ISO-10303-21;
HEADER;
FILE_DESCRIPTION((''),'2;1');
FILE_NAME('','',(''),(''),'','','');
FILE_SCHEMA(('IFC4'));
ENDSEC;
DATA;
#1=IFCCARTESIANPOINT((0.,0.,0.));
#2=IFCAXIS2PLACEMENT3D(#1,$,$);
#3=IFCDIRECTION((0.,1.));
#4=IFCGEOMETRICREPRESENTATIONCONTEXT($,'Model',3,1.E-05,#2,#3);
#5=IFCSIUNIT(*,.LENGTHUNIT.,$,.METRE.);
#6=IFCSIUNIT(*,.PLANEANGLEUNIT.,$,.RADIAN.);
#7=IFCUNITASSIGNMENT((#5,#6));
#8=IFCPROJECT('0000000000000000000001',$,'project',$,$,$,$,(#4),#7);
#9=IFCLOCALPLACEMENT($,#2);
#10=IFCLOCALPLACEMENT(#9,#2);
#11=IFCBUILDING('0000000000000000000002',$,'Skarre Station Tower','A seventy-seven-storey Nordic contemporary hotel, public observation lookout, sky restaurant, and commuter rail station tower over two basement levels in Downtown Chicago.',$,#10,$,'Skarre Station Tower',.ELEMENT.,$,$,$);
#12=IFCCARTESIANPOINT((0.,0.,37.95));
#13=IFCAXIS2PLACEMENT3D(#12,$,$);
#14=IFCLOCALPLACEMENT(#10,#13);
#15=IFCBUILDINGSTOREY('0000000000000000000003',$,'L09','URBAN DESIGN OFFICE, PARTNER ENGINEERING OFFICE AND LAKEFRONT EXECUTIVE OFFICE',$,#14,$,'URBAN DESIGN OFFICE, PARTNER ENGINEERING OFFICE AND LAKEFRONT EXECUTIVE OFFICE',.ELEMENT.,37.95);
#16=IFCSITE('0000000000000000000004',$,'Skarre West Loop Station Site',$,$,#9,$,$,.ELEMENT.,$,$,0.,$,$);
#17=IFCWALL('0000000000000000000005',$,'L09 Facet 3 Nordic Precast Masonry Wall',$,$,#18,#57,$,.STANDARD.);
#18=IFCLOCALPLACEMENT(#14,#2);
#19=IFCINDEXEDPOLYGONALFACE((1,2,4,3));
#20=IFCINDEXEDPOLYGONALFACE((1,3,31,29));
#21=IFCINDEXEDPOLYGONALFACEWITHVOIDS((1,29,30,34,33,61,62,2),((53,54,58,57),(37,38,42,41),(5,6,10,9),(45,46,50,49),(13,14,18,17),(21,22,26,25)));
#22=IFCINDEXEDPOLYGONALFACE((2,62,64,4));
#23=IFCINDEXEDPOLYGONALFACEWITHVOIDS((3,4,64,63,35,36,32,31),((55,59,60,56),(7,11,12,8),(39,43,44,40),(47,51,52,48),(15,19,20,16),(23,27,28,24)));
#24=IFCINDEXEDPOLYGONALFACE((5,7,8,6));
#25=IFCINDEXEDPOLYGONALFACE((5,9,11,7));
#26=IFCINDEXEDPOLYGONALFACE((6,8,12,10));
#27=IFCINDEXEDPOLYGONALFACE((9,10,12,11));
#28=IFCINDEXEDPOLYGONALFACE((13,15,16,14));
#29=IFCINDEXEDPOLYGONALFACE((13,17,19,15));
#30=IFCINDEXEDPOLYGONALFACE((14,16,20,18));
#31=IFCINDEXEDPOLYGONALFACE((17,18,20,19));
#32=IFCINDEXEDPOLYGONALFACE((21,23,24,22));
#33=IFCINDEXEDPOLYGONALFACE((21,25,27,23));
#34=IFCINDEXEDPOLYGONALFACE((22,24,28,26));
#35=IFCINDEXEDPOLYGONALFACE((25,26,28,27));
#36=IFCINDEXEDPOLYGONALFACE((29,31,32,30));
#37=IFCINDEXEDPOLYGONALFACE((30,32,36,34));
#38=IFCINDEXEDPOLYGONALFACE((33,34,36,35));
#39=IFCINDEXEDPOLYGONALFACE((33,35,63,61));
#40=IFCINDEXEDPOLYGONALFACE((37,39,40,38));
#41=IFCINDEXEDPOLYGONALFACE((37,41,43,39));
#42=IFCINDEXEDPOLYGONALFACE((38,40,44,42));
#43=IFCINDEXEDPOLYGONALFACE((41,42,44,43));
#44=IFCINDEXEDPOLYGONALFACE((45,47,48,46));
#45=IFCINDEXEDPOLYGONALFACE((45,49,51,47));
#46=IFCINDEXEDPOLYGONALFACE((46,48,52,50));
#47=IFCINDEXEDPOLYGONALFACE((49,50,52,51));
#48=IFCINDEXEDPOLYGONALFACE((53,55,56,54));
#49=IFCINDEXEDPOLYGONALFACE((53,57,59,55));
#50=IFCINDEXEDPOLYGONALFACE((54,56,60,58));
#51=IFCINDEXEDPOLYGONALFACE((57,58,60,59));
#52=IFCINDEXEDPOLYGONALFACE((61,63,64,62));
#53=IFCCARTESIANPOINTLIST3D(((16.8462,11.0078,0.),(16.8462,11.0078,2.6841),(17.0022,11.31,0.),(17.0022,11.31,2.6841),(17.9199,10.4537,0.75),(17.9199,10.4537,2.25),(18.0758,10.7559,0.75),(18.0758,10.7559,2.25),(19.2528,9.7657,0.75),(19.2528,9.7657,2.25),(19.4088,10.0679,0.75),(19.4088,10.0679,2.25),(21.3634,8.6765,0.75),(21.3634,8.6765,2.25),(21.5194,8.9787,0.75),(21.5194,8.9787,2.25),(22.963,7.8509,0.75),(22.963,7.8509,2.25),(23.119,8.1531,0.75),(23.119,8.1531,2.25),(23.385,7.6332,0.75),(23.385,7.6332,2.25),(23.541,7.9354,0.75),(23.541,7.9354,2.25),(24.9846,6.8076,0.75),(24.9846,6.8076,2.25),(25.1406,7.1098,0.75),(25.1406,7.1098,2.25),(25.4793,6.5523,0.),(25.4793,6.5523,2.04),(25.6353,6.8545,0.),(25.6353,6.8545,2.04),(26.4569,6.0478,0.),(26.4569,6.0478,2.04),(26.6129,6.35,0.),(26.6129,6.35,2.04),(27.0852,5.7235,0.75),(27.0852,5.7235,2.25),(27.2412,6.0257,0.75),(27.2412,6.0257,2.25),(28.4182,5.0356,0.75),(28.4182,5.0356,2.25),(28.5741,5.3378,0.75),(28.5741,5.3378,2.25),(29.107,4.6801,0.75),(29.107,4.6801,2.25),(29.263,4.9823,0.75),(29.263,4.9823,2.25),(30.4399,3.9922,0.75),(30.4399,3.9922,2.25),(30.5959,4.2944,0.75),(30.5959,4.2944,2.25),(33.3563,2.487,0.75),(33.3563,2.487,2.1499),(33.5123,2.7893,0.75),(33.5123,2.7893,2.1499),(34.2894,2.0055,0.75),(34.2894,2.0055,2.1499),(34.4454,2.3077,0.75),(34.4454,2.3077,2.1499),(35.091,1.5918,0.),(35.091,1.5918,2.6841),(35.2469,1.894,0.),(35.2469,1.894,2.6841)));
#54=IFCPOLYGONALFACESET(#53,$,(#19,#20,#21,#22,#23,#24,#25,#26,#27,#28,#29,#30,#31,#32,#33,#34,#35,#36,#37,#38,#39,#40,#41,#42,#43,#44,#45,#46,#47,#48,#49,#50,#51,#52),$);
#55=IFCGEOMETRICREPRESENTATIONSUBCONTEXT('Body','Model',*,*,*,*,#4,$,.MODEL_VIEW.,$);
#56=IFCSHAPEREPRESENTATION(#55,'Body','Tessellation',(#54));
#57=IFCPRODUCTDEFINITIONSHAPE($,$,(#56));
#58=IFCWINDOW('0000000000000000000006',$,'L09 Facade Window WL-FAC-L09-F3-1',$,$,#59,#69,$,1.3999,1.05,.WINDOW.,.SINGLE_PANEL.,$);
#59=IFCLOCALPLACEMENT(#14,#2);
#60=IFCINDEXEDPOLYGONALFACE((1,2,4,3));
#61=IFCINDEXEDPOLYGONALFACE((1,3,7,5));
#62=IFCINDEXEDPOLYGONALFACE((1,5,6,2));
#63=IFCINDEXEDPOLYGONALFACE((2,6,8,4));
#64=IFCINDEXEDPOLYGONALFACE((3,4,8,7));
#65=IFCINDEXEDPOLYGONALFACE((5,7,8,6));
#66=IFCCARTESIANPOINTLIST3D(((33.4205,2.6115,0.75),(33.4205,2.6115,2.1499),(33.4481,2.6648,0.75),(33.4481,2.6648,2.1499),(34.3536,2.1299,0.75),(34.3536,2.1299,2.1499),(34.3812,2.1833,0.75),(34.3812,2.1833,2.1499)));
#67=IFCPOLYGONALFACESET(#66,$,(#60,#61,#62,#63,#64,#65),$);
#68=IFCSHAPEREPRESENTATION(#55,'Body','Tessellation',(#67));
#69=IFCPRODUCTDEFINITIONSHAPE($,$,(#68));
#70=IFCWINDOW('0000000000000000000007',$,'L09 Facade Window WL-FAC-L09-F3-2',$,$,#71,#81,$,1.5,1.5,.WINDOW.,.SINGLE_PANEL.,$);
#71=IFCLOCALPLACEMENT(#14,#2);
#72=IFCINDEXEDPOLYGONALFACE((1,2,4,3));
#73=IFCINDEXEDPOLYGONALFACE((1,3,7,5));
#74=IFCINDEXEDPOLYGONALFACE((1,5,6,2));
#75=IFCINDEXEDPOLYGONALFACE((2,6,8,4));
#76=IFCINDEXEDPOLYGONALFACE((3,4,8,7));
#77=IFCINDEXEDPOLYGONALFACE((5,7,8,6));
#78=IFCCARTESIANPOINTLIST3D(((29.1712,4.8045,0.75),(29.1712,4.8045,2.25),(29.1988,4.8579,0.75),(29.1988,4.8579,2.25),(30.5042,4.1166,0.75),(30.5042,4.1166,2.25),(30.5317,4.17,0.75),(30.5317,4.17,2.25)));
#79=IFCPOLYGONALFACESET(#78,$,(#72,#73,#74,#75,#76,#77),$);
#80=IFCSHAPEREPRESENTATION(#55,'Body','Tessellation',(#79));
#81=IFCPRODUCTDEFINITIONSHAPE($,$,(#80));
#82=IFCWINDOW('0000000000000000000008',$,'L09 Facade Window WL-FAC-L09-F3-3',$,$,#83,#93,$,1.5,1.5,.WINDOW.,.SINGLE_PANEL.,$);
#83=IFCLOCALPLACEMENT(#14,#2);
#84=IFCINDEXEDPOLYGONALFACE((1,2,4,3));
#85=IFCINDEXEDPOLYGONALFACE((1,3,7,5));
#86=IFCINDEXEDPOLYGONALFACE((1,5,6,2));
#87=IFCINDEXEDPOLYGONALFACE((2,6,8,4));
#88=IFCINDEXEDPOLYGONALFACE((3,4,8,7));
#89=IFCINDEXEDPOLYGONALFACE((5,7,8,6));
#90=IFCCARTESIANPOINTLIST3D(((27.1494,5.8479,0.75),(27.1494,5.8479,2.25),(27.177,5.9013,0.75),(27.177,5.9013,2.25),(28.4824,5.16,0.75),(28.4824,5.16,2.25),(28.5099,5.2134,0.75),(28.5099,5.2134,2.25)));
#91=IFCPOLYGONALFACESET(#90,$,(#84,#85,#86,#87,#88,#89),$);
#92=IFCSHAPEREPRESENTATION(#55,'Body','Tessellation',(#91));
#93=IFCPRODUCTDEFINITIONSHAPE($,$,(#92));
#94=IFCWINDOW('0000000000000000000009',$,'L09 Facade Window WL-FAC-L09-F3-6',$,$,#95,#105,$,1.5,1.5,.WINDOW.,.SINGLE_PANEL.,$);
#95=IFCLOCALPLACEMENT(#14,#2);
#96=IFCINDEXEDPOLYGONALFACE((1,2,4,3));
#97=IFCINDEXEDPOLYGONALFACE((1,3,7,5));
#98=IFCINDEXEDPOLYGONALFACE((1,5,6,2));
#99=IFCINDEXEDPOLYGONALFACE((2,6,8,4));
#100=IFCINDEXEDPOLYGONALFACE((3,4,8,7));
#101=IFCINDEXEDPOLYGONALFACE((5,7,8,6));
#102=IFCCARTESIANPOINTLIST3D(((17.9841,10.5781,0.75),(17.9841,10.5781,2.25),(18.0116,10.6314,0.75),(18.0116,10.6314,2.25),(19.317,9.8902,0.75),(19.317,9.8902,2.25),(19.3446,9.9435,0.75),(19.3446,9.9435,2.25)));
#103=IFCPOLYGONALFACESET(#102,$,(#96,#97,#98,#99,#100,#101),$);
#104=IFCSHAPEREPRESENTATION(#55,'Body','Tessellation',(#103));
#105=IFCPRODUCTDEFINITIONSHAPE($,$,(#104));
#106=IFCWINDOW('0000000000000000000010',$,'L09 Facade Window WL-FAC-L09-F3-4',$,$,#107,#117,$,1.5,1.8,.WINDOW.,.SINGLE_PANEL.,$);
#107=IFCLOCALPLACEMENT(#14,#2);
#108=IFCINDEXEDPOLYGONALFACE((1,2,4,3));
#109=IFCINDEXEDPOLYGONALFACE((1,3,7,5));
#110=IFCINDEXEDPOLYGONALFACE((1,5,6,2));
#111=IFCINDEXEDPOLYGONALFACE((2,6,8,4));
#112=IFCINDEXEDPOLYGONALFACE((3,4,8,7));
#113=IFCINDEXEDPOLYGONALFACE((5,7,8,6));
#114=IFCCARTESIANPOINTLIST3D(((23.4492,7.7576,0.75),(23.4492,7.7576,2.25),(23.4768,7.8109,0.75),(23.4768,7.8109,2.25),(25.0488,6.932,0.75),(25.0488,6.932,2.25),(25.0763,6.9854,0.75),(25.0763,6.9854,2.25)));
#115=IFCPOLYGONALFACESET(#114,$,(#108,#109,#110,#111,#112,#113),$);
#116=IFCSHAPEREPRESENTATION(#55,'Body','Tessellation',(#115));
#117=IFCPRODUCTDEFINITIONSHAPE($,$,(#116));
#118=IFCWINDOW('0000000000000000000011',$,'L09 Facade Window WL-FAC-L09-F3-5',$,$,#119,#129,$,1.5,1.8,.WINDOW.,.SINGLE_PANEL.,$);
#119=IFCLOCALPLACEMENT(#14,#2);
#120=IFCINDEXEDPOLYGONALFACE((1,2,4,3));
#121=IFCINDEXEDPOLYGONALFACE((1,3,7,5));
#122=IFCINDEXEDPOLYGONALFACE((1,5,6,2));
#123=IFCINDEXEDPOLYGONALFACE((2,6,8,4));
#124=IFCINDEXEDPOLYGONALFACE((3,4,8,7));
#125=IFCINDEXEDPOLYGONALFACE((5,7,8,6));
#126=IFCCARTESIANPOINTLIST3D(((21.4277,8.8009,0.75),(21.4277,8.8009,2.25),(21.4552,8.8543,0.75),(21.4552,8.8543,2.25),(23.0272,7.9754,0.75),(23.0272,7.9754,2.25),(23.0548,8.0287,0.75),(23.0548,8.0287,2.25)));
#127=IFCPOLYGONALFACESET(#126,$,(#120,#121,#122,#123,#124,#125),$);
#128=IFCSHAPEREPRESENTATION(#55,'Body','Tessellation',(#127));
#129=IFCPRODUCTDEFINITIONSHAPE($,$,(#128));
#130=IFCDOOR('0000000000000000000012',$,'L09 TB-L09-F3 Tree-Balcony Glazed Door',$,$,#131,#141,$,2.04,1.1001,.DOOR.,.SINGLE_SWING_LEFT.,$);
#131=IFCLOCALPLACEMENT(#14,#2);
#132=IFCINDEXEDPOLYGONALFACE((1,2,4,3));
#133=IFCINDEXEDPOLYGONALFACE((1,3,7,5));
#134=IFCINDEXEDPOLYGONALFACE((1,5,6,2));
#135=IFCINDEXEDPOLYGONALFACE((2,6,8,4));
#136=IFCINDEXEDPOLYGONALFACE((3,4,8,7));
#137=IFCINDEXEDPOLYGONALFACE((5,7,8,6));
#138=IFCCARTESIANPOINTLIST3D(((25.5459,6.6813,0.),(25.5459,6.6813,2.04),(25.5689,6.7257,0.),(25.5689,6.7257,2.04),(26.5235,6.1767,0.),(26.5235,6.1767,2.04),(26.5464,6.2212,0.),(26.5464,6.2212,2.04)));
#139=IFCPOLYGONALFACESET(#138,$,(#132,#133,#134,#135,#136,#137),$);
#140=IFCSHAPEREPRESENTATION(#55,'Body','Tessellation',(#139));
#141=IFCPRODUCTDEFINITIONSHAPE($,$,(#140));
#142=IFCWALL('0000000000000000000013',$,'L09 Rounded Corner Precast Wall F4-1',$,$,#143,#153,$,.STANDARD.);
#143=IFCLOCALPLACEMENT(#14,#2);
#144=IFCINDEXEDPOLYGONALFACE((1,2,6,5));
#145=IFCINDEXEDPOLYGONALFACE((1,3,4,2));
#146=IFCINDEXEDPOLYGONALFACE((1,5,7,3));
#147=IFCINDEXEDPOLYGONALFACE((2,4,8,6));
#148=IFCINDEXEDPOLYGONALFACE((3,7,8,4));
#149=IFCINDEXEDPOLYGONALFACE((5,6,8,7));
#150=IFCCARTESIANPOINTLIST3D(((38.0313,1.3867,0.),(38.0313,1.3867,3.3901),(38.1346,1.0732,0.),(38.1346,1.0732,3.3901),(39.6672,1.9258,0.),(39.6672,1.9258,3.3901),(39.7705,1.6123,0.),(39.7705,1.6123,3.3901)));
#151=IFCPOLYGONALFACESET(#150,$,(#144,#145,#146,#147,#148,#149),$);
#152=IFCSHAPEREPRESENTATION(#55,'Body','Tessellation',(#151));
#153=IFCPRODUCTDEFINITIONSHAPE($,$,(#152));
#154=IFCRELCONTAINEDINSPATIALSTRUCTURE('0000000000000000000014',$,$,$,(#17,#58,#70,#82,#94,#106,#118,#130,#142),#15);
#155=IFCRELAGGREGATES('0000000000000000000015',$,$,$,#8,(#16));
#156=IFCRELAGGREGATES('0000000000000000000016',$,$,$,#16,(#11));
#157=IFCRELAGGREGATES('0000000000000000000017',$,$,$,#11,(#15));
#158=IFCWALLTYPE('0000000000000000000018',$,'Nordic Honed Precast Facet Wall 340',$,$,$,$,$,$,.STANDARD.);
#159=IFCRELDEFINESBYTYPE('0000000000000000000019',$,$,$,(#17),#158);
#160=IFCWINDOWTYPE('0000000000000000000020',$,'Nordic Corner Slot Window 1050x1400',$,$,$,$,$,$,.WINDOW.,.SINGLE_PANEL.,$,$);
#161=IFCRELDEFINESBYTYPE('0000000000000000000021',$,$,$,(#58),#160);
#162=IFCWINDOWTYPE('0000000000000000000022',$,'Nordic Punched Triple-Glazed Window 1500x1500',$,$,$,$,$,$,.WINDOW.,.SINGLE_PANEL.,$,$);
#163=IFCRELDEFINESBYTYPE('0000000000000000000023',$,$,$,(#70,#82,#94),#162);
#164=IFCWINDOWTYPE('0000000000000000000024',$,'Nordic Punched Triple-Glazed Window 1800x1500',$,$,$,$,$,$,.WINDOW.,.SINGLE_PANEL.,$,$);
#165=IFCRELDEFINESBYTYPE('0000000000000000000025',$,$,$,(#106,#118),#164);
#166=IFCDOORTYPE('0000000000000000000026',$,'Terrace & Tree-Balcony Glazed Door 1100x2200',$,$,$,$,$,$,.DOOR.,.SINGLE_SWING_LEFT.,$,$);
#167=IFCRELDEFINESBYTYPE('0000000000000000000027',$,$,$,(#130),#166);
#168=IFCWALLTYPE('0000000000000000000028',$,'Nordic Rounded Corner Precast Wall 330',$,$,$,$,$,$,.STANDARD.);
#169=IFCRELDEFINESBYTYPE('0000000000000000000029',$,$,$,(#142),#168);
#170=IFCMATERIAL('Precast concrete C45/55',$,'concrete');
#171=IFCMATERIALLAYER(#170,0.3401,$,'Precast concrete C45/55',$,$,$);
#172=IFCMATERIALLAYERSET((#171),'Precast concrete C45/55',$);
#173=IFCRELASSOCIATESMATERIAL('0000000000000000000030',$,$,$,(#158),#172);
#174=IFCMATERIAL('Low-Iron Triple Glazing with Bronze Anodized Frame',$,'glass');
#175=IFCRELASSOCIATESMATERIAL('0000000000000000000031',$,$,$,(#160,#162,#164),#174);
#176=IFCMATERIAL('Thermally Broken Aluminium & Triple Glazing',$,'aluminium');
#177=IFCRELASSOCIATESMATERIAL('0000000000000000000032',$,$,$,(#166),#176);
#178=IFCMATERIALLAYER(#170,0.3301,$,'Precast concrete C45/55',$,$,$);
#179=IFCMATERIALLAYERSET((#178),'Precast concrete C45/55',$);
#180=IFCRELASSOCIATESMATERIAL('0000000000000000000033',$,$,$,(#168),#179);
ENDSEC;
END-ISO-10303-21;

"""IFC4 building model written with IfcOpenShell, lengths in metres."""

from ifc_helpers import new_model, si_unit, direction, frame, frame_2d, origin, place, context, subcontext, project, spatial, rectangle, extrude, material, layer, layer_set, type_object, element, fill, save


model = new_model("IFC4")

# Units and contexts
model_context = context("Model", 3, precision=1e-05, world=origin(), true_north=direction((0.0, 1.0)))
body_context = subcontext(model_context, "Body", "Model", "MODEL_VIEW")
ifc_project = project(units=[si_unit("LENGTHUNIT", "METRE"), si_unit("PLANEANGLEUNIT", "RADIAN")], contexts=[model_context])

# Site, building, storey
site_placement = place(None, origin())
site = spatial("IfcSite", under=ifc_project, at=site_placement, Name="Skarre West Loop Station Site", CompositionType="ELEMENT", RefElevation=0.0)
building_placement = place(site_placement, origin())
building = spatial("IfcBuilding", under=site, at=building_placement, Name="Skarre Station Tower", Description="A seventy-seven-storey Nordic contemporary hotel, public observation lookout, sky restaurant, and commuter rail station tower over two basement levels in Downtown Chicago.", LongName="Skarre Station Tower", CompositionType="ELEMENT")
storey_placement = place(building_placement, frame((0.0, 0.0, 37.95)))
storey = spatial("IfcBuildingStorey", under=building, at=storey_placement, Name="L09", Description="URBAN DESIGN OFFICE, PARTNER ENGINEERING OFFICE AND LAKEFRONT EXECUTIVE OFFICE", LongName="URBAN DESIGN OFFICE, PARTNER ENGINEERING OFFICE AND LAKEFRONT EXECUTIVE OFFICE", CompositionType="ELEMENT", Elevation=37.95)

# Wall, openings, windows, door
ifc_material_1 = material(Name="Precast concrete C45/55", Category="concrete")
ifc_layer_1 = layer(ifc_material_1, 0.3401, Name="Precast concrete C45/55")
ifc_layer_set_1 = layer_set([ifc_layer_1], Name="Precast concrete C45/55")
wall_type_1 = type_object("IfcWallType", Name="Nordic Honed Precast Facet Wall 340", PredefinedType="STANDARD", material=ifc_layer_set_1)
wall_1_placement = place(storey_placement, frame((35.1689, 1.7429, 0.0), z_axis=(0.0, 0.0, 1.0), x_axis=(-0.888634, 0.458616, 0.0)))
wall_1 = element("IfcWall", 1, at=wall_1_placement, inside=storey, type_object=wall_type_1, Name="L09 Facet 3 Nordic Precast Masonry Wall", PredefinedType="STANDARD", context=body_context, shape_type="SweptSolid", body=[
    extrude(rectangle(XDim=20.5312, YDim=0.3401, at=frame_2d((10.2656, 0.0))), origin(), (0.0, 0.0, 1.0), 2.6841),
])
opening_1_placement = place(wall_1_placement, frame((9.7161, 0.0, 0.0)))
opening_1 = element("IfcOpeningElement", 2, at=opening_1_placement, cuts=wall_1, PredefinedType="OPENING", context=body_context, shape_type="SweptSolid", body=[
    extrude(rectangle(XDim=1.1001, YDim=2.04, at=frame_2d((0.55, 1.02))), frame((0.0, 0.1799, 0.0), z_axis=(0.0, -1.0, 0.0), x_axis=(1.0, 0.0, 0.0)), (0.0, 0.0, 1.0), 0.3601),
])
opening_2_placement = place(wall_1_placement, frame((0.9021, 0.0, 0.75)))
opening_2 = element("IfcOpeningElement", 3, at=opening_2_placement, cuts=wall_1, PredefinedType="OPENING", context=body_context, shape_type="SweptSolid", body=[
    extrude(rectangle(XDim=1.05, YDim=1.3999, at=frame_2d((0.5249, 0.7))), frame((0.0, 0.1799, 0.0), z_axis=(0.0, -1.0, 0.0), x_axis=(1.0, 0.0, 0.0)), (0.0, 0.0, 1.0), 0.3601),
])
opening_3_placement = place(wall_1_placement, frame((5.2339, 0.0, 0.75)))
opening_3 = element("IfcOpeningElement", 4, at=opening_3_placement, cuts=wall_1, PredefinedType="OPENING", context=body_context, shape_type="SweptSolid", body=[
    extrude(rectangle(XDim=1.5, YDim=1.5, at=frame_2d((0.75, 0.75))), frame((0.0, 0.1799, 0.0), z_axis=(0.0, -1.0, 0.0), x_axis=(1.0, 0.0, 0.0)), (0.0, 0.0, 1.0), 0.3601),
])
opening_4_placement = place(wall_1_placement, frame((7.509, 0.0, 0.75)))
opening_4 = element("IfcOpeningElement", 5, at=opening_4_placement, cuts=wall_1, PredefinedType="OPENING", context=body_context, shape_type="SweptSolid", body=[
    extrude(rectangle(XDim=1.5, YDim=1.5, at=frame_2d((0.75, 0.75))), frame((0.0, 0.1799, 0.0), z_axis=(0.0, -1.0, 0.0), x_axis=(1.0, 0.0, 0.0)), (0.0, 0.0, 1.0), 0.3601),
])
opening_5_placement = place(wall_1_placement, frame((11.373, 0.0, 0.75)))
opening_5 = element("IfcOpeningElement", 6, at=opening_5_placement, cuts=wall_1, PredefinedType="OPENING", context=body_context, shape_type="SweptSolid", body=[
    extrude(rectangle(XDim=1.8, YDim=1.5, at=frame_2d((0.8999, 0.75))), frame((0.0, 0.1799, 0.0), z_axis=(0.0, -1.0, 0.0), x_axis=(1.0, 0.0, 0.0)), (0.0, 0.0, 1.0), 0.3601),
])
opening_6_placement = place(wall_1_placement, frame((13.6479, 0.0, 0.75)))
opening_6 = element("IfcOpeningElement", 7, at=opening_6_placement, cuts=wall_1, PredefinedType="OPENING", context=body_context, shape_type="SweptSolid", body=[
    extrude(rectangle(XDim=1.8, YDim=1.5, at=frame_2d((0.8999, 0.75))), frame((0.0, 0.1799, 0.0), z_axis=(0.0, -1.0, 0.0), x_axis=(1.0, 0.0, 0.0)), (0.0, 0.0, 1.0), 0.3601),
])
opening_7_placement = place(wall_1_placement, frame((17.823, 0.0, 0.75)))
opening_7 = element("IfcOpeningElement", 8, at=opening_7_placement, cuts=wall_1, PredefinedType="OPENING", context=body_context, shape_type="SweptSolid", body=[
    extrude(rectangle(XDim=1.5, YDim=1.5, at=frame_2d((0.75, 0.75))), frame((0.0, 0.1799, 0.0), z_axis=(0.0, -1.0, 0.0), x_axis=(1.0, 0.0, 0.0)), (0.0, 0.0, 1.0), 0.3601),
])
ifc_material_2 = material(Name="Low-Iron Triple Glazing with Bronze Anodized Frame", Category="glass")
window_type_1 = type_object("IfcWindowType", Name="Nordic Corner Slot Window 1050x1400", PartitioningType="SINGLE_PANEL", PredefinedType="WINDOW", material=ifc_material_2)
window_1_placement = place(opening_2_placement, origin())
window_1 = element("IfcWindow", 9, at=window_1_placement, inside=storey, type_object=window_type_1, Name="L09 Facade Window WL-FAC-L09-F3-1", OverallHeight=1.3999, OverallWidth=1.05, PartitioningType="SINGLE_PANEL", PredefinedType="WINDOW", context=body_context, shape_type="SweptSolid", body=[
    extrude(rectangle(XDim=1.05, YDim=1.3999, at=frame_2d((0.5249, 0.7))), frame((0.0, 0.03, 0.0), z_axis=(0.0, -1.0, 0.0), x_axis=(1.0, 0.0, 0.0)), (0.0, 0.0, 1.0), 0.0601),
])
fill(opening_2, window_1)
window_type_2 = type_object("IfcWindowType", Name="Nordic Punched Triple-Glazed Window 1500x1500", PartitioningType="SINGLE_PANEL", PredefinedType="WINDOW", material=ifc_material_2)
window_2_placement = place(opening_3_placement, origin())
window_2 = element("IfcWindow", 10, at=window_2_placement, inside=storey, type_object=window_type_2, Name="L09 Facade Window WL-FAC-L09-F3-2", OverallHeight=1.5, OverallWidth=1.5, PartitioningType="SINGLE_PANEL", PredefinedType="WINDOW", context=body_context, shape_type="SweptSolid", body=[
    extrude(rectangle(XDim=1.5, YDim=1.5, at=frame_2d((0.75, 0.75))), frame((0.0, 0.03, 0.0), z_axis=(0.0, -1.0, 0.0), x_axis=(1.0, 0.0, 0.0)), (0.0, 0.0, 1.0), 0.0601),
])
fill(opening_3, window_2)
window_3_placement = place(opening_4_placement, origin())
window_3 = element("IfcWindow", 11, at=window_3_placement, inside=storey, type_object=window_type_2, Name="L09 Facade Window WL-FAC-L09-F3-3", OverallHeight=1.5, OverallWidth=1.5, PartitioningType="SINGLE_PANEL", PredefinedType="WINDOW", context=body_context, shape_type="SweptSolid", body=[
    extrude(rectangle(XDim=1.5, YDim=1.5, at=frame_2d((0.75, 0.75))), frame((0.0, 0.03, 0.0), z_axis=(0.0, -1.0, 0.0), x_axis=(1.0, 0.0, 0.0)), (0.0, 0.0, 1.0), 0.0601),
])
fill(opening_4, window_3)
window_4_placement = place(opening_7_placement, origin())
window_4 = element("IfcWindow", 12, at=window_4_placement, inside=storey, type_object=window_type_2, Name="L09 Facade Window WL-FAC-L09-F3-6", OverallHeight=1.5, OverallWidth=1.5, PartitioningType="SINGLE_PANEL", PredefinedType="WINDOW", context=body_context, shape_type="SweptSolid", body=[
    extrude(rectangle(XDim=1.5, YDim=1.5, at=frame_2d((0.75, 0.75))), frame((0.0, 0.03, 0.0), z_axis=(0.0, -1.0, 0.0), x_axis=(1.0, 0.0, 0.0)), (0.0, 0.0, 1.0), 0.0601),
])
fill(opening_7, window_4)
window_type_3 = type_object("IfcWindowType", Name="Nordic Punched Triple-Glazed Window 1800x1500", PartitioningType="SINGLE_PANEL", PredefinedType="WINDOW", material=ifc_material_2)
window_5_placement = place(opening_5_placement, origin())
window_5 = element("IfcWindow", 13, at=window_5_placement, inside=storey, type_object=window_type_3, Name="L09 Facade Window WL-FAC-L09-F3-4", OverallHeight=1.5, OverallWidth=1.8, PartitioningType="SINGLE_PANEL", PredefinedType="WINDOW", context=body_context, shape_type="SweptSolid", body=[
    extrude(rectangle(XDim=1.8, YDim=1.5, at=frame_2d((0.8999, 0.75))), frame((0.0, 0.03, 0.0), z_axis=(0.0, -1.0, 0.0), x_axis=(1.0, 0.0, 0.0)), (0.0, 0.0, 1.0), 0.0601),
])
fill(opening_5, window_5)
window_6_placement = place(opening_6_placement, origin())
window_6 = element("IfcWindow", 14, at=window_6_placement, inside=storey, type_object=window_type_3, Name="L09 Facade Window WL-FAC-L09-F3-5", OverallHeight=1.5, OverallWidth=1.8, PartitioningType="SINGLE_PANEL", PredefinedType="WINDOW", context=body_context, shape_type="SweptSolid", body=[
    extrude(rectangle(XDim=1.8, YDim=1.5, at=frame_2d((0.8999, 0.75))), frame((0.0, 0.03, 0.0), z_axis=(0.0, -1.0, 0.0), x_axis=(1.0, 0.0, 0.0)), (0.0, 0.0, 1.0), 0.0601),
])
fill(opening_6, window_6)
ifc_material_3 = material(Name="Thermally Broken Aluminium & Triple Glazing", Category="aluminium")
door_type = type_object("IfcDoorType", Name="Terrace & Tree-Balcony Glazed Door 1100x2200", OperationType="SINGLE_SWING_LEFT", PredefinedType="DOOR", material=ifc_material_3)
door_placement = place(opening_1_placement, origin())
door = element("IfcDoor", 15, at=door_placement, inside=storey, type_object=door_type, Name="L09 TB-L09-F3 Tree-Balcony Glazed Door", OperationType="SINGLE_SWING_LEFT", OverallHeight=2.04, OverallWidth=1.1001, PredefinedType="DOOR", context=body_context, shape_type="SweptSolid", body=[
    extrude(rectangle(XDim=1.1001, YDim=2.04, at=frame_2d((0.55, 1.02))), frame((0.0, 0.0249, 0.0), z_axis=(0.0, -1.0, 0.0), x_axis=(1.0, 0.0, 0.0)), (0.0, 0.0, 1.0), 0.05),
])
fill(opening_1, door)

# Wall
ifc_layer_2 = layer(ifc_material_1, 0.3301, Name="Precast concrete C45/55")
ifc_layer_set_2 = layer_set([ifc_layer_2], Name="Precast concrete C45/55")
wall_type_2 = type_object("IfcWallType", Name="Nordic Rounded Corner Precast Wall 330", PredefinedType="STANDARD", material=ifc_layer_set_2)
wall_2_placement = place(storey_placement, frame((39.719, 1.769, 0.0), z_axis=(0.0, 0.0, 1.0), x_axis=(-0.949769, -0.312952, 0.0)))
element("IfcWall", 16, at=wall_2_placement, inside=storey, type_object=wall_type_2, Name="L09 Rounded Corner Precast Wall F4-1", PredefinedType="STANDARD", context=body_context, shape_type="SweptSolid", body=[
    extrude(rectangle(XDim=1.7224, YDim=0.3301, at=frame_2d((0.8613, 0.0))), origin(), (0.0, 0.0, 1.0), 3.3901),
])

save(model, "model.ifc")
